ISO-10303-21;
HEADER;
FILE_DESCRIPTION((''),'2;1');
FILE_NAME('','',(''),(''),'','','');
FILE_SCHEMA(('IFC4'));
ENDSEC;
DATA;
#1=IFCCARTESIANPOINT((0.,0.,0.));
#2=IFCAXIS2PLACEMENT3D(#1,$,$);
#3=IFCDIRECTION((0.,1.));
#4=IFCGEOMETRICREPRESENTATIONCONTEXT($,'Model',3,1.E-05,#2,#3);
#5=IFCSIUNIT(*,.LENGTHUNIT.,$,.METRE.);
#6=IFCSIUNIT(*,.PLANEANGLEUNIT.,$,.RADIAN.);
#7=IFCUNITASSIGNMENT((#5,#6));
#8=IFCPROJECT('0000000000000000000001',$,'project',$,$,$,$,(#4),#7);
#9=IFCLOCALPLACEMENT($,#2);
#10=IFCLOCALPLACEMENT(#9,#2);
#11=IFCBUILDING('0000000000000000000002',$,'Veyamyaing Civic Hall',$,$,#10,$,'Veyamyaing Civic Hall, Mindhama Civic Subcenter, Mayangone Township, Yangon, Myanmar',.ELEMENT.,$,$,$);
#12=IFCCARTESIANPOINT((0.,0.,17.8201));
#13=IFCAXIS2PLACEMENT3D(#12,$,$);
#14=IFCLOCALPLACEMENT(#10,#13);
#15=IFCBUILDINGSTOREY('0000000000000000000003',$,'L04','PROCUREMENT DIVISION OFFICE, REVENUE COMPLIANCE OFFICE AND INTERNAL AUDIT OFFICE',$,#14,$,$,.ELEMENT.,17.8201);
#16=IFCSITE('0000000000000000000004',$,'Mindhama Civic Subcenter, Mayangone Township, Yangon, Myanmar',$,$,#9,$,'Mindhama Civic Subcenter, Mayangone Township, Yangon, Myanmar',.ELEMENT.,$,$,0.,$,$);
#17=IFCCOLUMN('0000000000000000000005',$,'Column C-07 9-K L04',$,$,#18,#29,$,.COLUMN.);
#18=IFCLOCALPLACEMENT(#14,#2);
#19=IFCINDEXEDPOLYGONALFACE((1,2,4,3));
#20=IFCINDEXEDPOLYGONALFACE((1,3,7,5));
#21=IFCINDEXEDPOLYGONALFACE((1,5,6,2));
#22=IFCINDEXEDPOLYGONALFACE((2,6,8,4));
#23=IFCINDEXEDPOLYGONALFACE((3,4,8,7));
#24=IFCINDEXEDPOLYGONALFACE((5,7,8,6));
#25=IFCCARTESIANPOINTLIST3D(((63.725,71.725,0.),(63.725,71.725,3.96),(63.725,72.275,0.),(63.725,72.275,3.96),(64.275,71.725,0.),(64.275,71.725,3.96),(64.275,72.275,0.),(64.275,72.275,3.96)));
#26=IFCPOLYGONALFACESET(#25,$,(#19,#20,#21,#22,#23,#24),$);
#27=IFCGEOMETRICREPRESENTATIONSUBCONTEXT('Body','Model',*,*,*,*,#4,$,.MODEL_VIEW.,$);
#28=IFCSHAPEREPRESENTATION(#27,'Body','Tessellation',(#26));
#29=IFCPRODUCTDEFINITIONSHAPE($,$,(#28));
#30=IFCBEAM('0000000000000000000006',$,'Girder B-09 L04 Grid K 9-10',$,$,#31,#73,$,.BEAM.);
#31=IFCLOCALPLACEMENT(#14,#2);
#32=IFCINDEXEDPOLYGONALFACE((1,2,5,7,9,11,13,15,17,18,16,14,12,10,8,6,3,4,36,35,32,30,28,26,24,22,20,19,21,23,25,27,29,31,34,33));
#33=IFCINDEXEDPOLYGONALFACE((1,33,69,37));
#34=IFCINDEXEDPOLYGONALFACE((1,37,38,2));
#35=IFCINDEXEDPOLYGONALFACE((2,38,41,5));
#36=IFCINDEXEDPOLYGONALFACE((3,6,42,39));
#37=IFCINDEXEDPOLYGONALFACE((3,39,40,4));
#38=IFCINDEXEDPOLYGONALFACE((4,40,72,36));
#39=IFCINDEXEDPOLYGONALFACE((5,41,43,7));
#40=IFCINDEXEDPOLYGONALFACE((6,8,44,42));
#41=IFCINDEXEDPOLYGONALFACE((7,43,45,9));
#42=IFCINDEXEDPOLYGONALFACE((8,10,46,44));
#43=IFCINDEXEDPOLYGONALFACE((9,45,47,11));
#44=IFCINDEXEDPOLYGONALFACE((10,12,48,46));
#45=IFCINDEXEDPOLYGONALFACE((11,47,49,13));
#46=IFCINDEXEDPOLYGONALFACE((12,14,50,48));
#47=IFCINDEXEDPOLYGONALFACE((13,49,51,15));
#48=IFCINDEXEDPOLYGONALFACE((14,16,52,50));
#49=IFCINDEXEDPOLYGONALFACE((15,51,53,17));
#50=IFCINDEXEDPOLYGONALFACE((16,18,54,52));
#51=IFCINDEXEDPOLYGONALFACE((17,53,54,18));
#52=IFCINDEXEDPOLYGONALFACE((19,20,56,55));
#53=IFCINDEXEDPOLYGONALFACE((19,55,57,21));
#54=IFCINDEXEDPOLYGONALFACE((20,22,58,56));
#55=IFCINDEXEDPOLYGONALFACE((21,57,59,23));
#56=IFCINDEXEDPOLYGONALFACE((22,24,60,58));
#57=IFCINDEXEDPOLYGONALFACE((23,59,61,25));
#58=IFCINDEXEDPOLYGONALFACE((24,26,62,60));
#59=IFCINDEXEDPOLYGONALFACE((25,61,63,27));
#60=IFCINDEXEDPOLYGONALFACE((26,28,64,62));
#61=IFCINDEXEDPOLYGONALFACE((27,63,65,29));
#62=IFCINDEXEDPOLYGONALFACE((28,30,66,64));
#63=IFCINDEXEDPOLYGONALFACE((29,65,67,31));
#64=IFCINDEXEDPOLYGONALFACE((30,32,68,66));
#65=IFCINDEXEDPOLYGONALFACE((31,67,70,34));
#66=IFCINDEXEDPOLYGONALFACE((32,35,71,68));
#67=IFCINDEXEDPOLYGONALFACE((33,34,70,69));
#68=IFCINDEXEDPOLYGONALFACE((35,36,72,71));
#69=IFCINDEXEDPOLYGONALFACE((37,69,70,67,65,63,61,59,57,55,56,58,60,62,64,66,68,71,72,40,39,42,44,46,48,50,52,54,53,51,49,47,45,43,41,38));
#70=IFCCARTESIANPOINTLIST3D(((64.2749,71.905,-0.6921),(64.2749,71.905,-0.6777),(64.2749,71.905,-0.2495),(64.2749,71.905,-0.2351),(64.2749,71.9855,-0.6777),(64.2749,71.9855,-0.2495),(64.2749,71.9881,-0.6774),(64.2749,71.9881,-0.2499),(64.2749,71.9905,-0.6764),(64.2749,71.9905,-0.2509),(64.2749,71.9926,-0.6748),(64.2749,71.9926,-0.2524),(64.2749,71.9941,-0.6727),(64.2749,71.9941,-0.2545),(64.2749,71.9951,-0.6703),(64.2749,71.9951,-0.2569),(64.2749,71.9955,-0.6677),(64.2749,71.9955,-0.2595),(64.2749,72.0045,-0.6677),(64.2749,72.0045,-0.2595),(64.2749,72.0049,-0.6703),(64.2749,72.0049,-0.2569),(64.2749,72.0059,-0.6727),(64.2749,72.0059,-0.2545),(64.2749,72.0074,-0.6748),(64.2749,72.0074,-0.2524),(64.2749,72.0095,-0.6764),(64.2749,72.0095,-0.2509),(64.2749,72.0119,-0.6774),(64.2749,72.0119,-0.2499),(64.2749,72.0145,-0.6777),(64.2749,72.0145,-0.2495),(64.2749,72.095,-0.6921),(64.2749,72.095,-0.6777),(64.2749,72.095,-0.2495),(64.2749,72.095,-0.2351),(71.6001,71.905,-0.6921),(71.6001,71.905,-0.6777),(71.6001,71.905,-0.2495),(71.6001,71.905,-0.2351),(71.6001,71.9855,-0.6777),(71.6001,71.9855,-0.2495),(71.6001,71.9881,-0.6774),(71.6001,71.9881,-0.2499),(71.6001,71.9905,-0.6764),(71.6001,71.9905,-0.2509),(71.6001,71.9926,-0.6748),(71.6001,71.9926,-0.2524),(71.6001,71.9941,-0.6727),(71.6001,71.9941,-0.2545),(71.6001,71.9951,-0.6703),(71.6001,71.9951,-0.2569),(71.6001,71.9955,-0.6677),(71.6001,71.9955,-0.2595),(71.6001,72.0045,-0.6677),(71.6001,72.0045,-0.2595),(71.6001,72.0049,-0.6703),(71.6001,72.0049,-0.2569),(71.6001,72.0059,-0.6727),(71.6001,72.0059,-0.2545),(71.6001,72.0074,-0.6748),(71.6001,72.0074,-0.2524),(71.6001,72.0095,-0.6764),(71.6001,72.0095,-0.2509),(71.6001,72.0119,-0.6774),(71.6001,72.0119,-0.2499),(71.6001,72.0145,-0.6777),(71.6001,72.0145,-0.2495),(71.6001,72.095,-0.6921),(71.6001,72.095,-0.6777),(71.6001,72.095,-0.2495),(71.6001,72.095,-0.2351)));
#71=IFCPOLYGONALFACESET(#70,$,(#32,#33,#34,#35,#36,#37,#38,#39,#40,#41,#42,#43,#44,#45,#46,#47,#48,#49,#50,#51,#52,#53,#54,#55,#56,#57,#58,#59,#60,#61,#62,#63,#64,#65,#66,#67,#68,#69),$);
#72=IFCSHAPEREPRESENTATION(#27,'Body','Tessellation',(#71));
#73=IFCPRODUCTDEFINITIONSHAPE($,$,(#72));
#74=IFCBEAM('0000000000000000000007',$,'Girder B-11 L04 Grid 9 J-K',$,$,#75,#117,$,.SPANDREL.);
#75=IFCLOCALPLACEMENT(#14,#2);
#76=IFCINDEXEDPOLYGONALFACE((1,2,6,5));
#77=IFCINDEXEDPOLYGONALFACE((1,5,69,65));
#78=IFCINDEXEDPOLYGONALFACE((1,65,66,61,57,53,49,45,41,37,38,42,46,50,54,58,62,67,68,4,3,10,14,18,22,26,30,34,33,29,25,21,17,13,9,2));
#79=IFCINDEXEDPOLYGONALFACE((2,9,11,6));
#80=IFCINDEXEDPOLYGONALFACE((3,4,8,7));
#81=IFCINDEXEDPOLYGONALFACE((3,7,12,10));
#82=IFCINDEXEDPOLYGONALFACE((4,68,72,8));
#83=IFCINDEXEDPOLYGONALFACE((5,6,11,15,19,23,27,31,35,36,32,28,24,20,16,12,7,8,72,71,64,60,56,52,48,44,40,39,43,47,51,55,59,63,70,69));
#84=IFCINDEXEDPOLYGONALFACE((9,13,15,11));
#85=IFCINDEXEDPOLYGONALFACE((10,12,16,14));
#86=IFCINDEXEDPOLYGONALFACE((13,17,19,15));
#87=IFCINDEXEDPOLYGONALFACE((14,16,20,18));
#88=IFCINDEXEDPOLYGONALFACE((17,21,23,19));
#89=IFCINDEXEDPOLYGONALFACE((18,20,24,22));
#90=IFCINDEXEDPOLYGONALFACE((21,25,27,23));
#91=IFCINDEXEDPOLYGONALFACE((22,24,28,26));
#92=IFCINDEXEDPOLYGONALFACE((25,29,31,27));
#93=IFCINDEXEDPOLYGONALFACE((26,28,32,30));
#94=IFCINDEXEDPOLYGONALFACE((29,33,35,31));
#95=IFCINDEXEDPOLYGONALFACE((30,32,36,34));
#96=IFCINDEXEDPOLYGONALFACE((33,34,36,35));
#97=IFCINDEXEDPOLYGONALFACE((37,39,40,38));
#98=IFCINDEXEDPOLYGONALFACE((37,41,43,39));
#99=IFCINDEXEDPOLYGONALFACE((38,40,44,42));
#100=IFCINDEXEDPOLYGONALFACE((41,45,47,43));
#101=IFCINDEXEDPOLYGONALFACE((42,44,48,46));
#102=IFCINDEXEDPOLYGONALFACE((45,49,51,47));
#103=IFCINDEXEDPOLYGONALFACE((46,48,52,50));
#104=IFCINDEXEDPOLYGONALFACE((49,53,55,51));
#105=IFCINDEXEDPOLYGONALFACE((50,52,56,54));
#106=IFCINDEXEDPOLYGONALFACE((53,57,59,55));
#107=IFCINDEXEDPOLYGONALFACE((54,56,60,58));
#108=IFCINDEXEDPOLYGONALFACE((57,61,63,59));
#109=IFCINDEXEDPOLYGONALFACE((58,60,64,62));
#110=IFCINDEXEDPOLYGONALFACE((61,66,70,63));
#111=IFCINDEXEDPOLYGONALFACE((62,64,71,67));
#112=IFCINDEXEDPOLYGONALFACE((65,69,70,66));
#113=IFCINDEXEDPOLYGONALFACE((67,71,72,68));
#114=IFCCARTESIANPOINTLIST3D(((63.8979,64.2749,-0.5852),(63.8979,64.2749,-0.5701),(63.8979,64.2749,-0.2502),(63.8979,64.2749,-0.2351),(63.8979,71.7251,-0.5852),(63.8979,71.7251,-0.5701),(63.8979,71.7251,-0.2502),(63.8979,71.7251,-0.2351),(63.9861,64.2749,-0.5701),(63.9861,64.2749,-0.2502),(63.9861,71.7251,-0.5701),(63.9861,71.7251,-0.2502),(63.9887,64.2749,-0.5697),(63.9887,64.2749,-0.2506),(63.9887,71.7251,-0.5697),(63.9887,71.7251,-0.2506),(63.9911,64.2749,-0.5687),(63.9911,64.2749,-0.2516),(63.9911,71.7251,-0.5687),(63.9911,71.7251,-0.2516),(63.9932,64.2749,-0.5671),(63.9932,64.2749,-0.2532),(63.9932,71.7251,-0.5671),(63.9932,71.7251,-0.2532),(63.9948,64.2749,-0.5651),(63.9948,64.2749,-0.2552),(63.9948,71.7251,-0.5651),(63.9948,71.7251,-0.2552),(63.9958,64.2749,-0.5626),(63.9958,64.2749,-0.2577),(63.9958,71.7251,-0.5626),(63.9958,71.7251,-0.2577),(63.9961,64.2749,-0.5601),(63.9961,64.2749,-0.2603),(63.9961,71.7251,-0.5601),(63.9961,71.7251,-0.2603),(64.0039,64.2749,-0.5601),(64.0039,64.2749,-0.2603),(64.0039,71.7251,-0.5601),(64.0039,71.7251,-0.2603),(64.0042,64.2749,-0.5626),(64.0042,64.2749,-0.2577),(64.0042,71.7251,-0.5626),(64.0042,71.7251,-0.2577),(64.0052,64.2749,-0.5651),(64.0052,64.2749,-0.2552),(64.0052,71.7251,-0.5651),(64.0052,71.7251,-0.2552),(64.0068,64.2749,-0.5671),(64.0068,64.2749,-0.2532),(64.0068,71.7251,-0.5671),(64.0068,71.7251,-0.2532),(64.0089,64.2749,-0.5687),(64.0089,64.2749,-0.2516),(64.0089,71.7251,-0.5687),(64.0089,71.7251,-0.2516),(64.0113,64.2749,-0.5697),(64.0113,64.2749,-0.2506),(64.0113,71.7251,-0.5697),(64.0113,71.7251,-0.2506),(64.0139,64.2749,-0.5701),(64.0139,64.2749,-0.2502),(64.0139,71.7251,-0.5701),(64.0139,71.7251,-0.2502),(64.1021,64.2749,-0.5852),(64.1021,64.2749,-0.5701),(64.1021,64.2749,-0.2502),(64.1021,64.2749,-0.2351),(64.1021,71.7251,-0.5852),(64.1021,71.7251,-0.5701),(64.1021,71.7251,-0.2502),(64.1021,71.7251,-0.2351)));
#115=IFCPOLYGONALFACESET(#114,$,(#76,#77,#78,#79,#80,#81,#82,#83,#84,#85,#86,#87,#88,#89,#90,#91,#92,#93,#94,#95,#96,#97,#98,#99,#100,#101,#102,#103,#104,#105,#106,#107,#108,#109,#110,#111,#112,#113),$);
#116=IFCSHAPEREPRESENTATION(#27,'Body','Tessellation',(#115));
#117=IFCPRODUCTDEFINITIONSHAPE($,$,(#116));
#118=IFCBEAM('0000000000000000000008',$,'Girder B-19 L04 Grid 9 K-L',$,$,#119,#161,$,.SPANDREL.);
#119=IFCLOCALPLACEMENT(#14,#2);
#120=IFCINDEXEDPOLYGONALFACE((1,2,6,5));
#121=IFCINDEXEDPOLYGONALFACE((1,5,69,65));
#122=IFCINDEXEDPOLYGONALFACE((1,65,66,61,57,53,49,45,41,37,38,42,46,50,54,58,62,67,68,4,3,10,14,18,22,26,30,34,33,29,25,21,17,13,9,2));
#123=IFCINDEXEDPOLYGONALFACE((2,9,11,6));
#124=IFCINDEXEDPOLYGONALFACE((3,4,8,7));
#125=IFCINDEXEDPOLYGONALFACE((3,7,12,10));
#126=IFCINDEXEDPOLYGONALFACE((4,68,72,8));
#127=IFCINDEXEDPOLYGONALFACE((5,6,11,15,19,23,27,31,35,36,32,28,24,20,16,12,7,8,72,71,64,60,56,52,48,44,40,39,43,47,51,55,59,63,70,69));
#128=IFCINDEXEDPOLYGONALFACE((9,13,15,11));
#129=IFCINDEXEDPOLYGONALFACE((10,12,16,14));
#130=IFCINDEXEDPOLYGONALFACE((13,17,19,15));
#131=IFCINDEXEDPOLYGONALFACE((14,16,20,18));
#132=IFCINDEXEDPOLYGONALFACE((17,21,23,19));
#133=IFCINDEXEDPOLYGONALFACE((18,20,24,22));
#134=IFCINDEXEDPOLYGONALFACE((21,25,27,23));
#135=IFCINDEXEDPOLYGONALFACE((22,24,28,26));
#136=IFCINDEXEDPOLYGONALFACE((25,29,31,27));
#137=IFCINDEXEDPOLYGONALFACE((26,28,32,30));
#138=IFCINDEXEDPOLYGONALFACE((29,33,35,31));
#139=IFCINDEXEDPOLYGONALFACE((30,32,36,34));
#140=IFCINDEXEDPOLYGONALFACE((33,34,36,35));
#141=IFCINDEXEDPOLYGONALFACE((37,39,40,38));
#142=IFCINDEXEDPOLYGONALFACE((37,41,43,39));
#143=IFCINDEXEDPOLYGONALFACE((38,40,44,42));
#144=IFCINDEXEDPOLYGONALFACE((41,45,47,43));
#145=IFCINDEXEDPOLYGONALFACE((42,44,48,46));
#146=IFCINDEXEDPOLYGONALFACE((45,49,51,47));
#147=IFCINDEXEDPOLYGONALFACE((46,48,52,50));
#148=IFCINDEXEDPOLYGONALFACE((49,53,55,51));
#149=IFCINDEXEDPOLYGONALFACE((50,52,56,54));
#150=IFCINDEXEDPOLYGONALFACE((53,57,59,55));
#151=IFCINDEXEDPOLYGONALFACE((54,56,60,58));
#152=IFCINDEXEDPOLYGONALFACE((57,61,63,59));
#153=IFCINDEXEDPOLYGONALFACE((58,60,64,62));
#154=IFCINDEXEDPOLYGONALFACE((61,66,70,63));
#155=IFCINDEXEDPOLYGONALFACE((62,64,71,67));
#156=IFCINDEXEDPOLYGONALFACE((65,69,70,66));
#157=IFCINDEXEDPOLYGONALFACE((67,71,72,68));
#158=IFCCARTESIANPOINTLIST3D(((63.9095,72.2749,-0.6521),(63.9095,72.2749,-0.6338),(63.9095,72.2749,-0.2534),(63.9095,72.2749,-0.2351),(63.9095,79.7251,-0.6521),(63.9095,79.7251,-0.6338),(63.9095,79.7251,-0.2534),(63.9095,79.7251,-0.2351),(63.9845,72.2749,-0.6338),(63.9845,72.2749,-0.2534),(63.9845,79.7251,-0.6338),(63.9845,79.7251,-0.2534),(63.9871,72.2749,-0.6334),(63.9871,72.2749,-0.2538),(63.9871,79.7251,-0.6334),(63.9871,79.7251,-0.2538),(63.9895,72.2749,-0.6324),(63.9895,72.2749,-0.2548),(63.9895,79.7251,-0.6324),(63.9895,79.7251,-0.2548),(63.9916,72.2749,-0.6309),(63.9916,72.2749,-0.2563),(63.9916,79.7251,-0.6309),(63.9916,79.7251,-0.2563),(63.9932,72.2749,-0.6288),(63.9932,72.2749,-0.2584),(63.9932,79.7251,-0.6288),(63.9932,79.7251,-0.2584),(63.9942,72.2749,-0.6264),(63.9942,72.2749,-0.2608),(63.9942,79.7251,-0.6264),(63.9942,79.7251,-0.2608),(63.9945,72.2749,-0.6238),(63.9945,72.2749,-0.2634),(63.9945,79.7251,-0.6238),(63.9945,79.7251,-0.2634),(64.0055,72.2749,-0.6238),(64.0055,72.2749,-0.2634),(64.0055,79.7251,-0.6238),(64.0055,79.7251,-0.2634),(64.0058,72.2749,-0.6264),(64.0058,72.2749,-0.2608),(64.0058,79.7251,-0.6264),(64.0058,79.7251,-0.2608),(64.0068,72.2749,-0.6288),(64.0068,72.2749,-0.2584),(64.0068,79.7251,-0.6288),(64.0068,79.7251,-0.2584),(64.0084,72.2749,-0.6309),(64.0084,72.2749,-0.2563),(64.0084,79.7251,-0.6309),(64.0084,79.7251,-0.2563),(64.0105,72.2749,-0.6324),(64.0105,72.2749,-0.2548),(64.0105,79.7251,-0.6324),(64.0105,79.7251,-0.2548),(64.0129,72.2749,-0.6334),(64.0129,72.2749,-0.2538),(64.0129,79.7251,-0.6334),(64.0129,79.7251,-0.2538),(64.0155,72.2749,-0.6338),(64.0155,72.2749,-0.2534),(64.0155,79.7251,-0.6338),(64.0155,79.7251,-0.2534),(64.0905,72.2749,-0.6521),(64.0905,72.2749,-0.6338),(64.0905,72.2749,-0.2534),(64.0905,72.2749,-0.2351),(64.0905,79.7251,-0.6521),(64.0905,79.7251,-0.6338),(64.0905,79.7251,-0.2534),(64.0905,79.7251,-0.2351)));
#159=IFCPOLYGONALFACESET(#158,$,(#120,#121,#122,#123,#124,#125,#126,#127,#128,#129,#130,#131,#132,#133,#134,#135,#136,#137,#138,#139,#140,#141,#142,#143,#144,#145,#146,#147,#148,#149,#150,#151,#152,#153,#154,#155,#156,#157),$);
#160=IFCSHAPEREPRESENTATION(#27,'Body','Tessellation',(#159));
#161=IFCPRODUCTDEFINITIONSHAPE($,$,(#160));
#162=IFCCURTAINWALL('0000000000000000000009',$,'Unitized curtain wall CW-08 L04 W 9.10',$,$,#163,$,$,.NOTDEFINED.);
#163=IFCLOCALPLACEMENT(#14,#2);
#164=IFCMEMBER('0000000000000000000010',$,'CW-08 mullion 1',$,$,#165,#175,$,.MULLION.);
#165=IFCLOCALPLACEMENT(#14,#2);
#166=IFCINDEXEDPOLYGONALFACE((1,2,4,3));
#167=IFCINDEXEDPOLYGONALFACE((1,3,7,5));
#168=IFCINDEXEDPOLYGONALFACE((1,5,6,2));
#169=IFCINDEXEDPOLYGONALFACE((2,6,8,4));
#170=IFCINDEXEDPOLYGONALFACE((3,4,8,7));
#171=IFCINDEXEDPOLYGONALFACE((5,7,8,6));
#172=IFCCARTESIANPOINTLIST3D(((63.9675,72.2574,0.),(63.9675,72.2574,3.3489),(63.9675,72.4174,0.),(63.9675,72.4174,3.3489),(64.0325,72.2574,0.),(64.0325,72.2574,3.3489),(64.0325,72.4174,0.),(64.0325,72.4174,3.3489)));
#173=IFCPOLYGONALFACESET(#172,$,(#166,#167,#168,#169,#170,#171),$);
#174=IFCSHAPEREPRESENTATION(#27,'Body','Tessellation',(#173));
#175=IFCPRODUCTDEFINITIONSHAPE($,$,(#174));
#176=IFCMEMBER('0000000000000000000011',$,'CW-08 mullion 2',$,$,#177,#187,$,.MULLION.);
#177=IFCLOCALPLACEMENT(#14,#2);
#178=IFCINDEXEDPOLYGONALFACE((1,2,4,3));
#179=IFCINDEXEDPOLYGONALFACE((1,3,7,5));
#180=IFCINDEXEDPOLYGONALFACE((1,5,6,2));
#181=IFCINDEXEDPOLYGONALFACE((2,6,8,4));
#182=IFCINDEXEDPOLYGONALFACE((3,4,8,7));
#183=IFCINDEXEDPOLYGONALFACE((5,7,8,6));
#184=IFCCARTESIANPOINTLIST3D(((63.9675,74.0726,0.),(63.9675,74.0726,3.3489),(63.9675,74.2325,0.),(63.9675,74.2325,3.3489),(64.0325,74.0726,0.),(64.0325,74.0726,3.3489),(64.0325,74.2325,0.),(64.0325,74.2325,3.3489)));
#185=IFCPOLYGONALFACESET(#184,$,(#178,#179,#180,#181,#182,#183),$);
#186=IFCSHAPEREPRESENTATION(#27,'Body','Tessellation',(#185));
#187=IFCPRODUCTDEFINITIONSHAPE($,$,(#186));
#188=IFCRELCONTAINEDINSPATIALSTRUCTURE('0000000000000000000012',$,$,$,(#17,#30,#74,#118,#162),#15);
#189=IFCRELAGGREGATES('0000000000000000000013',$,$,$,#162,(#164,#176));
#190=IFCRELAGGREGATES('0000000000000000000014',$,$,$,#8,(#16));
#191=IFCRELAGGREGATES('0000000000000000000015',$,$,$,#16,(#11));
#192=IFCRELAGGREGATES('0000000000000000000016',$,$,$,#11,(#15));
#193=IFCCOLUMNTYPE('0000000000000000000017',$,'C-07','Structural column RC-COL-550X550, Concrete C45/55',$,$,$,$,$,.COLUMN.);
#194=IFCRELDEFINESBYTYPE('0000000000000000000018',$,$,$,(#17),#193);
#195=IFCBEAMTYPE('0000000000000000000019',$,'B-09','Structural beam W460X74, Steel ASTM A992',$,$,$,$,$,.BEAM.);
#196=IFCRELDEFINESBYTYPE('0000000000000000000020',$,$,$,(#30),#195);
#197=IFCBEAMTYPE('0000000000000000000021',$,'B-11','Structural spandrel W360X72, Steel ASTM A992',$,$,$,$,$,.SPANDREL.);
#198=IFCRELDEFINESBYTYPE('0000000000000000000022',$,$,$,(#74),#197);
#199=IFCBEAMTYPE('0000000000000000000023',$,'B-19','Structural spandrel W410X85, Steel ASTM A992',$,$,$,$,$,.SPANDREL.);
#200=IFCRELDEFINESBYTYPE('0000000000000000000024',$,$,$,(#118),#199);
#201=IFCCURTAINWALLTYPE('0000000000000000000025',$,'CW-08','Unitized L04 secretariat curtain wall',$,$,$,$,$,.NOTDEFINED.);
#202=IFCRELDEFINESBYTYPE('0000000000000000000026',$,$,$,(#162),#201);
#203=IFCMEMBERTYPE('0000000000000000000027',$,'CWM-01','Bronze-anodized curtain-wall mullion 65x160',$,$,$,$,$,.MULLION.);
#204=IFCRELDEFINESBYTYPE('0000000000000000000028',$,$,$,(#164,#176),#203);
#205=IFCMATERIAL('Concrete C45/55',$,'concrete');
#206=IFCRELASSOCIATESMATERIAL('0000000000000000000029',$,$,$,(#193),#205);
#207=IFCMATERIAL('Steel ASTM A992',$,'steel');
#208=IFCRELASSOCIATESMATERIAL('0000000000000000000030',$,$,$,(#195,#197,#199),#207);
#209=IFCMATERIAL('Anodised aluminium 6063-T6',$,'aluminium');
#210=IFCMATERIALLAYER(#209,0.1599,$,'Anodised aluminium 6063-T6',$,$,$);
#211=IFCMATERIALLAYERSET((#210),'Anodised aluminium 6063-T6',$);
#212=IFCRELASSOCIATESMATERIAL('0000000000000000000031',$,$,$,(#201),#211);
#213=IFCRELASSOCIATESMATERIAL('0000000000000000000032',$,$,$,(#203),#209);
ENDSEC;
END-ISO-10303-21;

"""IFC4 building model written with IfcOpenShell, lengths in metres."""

from ifc_helpers import new_model, si_unit, direction, frame, origin, origin_2d, place, context, subcontext, project, spatial, rectangle, i_section, extrude, material, layer, layer_set, material_profile, profile_set, type_object, element, aggregate, save


model = new_model("IFC4")

# Units and contexts
model_context = context("Model", 3, precision=1e-05, world=origin(), true_north=direction((0.0, 1.0)))
body_context = subcontext(model_context, "Body", "Model", "MODEL_VIEW")
ifc_project = project(units=[si_unit("LENGTHUNIT", "METRE"), si_unit("PLANEANGLEUNIT", "RADIAN")], contexts=[model_context])

# Site, building, storey
site_placement = place(None, origin())
site = spatial("IfcSite", under=ifc_project, at=site_placement, Name="Mindhama Civic Subcenter, Mayangone Township, Yangon, Myanmar", LongName="Mindhama Civic Subcenter, Mayangone Township, Yangon, Myanmar", CompositionType="ELEMENT", RefElevation=0.0)
building_placement = place(site_placement, origin())
building = spatial("IfcBuilding", under=site, at=building_placement, Name="Veyamyaing Civic Hall", LongName="Veyamyaing Civic Hall, Mindhama Civic Subcenter, Mayangone Township, Yangon, Myanmar", CompositionType="ELEMENT")
storey_placement = place(building_placement, frame((0.0, 0.0, 17.8201)))
storey = spatial("IfcBuildingStorey", under=building, at=storey_placement, Name="L04", Description="PROCUREMENT DIVISION OFFICE, REVENUE COMPLIANCE OFFICE AND INTERNAL AUDIT OFFICE", CompositionType="ELEMENT", Elevation=17.8201)

# Column
ifc_material_1 = material(Name="Concrete C45/55", Category="concrete")
ifc_material_profile_1 = material_profile(ifc_material_1, rectangle(XDim=0.55, YDim=0.55, at=origin_2d()), Name="RC-COL-550X550")
ifc_profile_set_1 = profile_set([ifc_material_profile_1], Name="Concrete C45/55")
column_type = type_object("IfcColumnType", Name="C-07", Description="Structural column RC-COL-550X550, Concrete C45/55", PredefinedType="COLUMN", material=ifc_profile_set_1)
column_placement = place(storey_placement, frame((64.0, 72.0, 0.0), z_axis=(0.0, 0.0, 1.0), x_axis=(1.0, 0.0, 0.0)))
element("IfcColumn", 1, at=column_placement, inside=storey, type_object=column_type, Name="Column C-07 9-K L04", PredefinedType="COLUMN", context=body_context, shape_type="SweptSolid", body=[
    extrude(rectangle(XDim=0.55, YDim=0.55, at=origin_2d()), origin(), (0.0, 0.0, 1.0), 3.96),
])

# Beams
ifc_material_2 = material(Name="Steel ASTM A992", Category="steel")
ifc_material_profile_2 = material_profile(ifc_material_2, i_section(OverallWidth=0.1899, OverallDepth=0.457, WebThickness=0.009, FlangeThickness=0.0144, FilletRadius=0.01, at=origin_2d()), Name="W460X74")
ifc_profile_set_2 = profile_set([ifc_material_profile_2], Name="Steel ASTM A992")
beam_type_1 = type_object("IfcBeamType", Name="B-09", Description="Structural beam W460X74, Steel ASTM A992", PredefinedType="BEAM", material=ifc_profile_set_2)
beam_1_placement = place(storey_placement, frame((64.2749, 72.0, -0.4636), z_axis=(1.0, 0.0, 0.0), x_axis=(0.0, 1.0, 0.0)))
element("IfcBeam", 2, at=beam_1_placement, inside=storey, type_object=beam_type_1, Name="Girder B-09 L04 Grid K 9-10", PredefinedType="BEAM", context=body_context, shape_type="SweptSolid", body=[
    extrude(i_section(OverallWidth=0.1899, OverallDepth=0.457, WebThickness=0.009, FlangeThickness=0.0144, FilletRadius=0.01, at=origin_2d()), origin(), (0.0, 0.0, 1.0), 7.3252),
])
ifc_material_profile_3 = material_profile(ifc_material_2, i_section(OverallWidth=0.2041, OverallDepth=0.3501, WebThickness=0.0078, FlangeThickness=0.0151, FilletRadius=0.01, at=origin_2d()), Name="W360X72")
ifc_profile_set_3 = profile_set([ifc_material_profile_3], Name="Steel ASTM A992")
beam_type_2 = type_object("IfcBeamType", Name="B-11", Description="Structural spandrel W360X72, Steel ASTM A992", PredefinedType="SPANDREL", material=ifc_profile_set_3)
beam_2_placement = place(storey_placement, frame((64.0, 64.2749, -0.4102), z_axis=(0.0, 1.0, 0.0), x_axis=(-1.0, 0.0, 0.0)))
element("IfcBeam", 3, at=beam_2_placement, inside=storey, type_object=beam_type_2, Name="Girder B-11 L04 Grid 9 J-K", PredefinedType="SPANDREL", context=body_context, shape_type="SweptSolid", body=[
    extrude(i_section(OverallWidth=0.2041, OverallDepth=0.3501, WebThickness=0.0078, FlangeThickness=0.0151, FilletRadius=0.01, at=origin_2d()), origin(), (0.0, 0.0, 1.0), 7.4502),
])
ifc_material_profile_4 = material_profile(ifc_material_2, i_section(OverallWidth=0.1809, OverallDepth=0.417, WebThickness=0.011, FlangeThickness=0.0183, FilletRadius=0.01, at=origin_2d()), Name="W410X85")
ifc_profile_set_4 = profile_set([ifc_material_profile_4], Name="Steel ASTM A992")
beam_type_3 = type_object("IfcBeamType", Name="B-19", Description="Structural spandrel W410X85, Steel ASTM A992", PredefinedType="SPANDREL", material=ifc_profile_set_4)
beam_3_placement = place(storey_placement, frame((64.0, 72.2749, -0.4436), z_axis=(0.0, 1.0, 0.0), x_axis=(-1.0, 0.0, 0.0)))
element("IfcBeam", 4, at=beam_3_placement, inside=storey, type_object=beam_type_3, Name="Girder B-19 L04 Grid 9 K-L", PredefinedType="SPANDREL", context=body_context, shape_type="SweptSolid", body=[
    extrude(i_section(OverallWidth=0.1809, OverallDepth=0.417, WebThickness=0.011, FlangeThickness=0.0183, FilletRadius=0.01, at=origin_2d()), origin(), (0.0, 0.0, 1.0), 7.4502),
])

# Curtain wall, members
ifc_material_3 = material(Name="Anodised aluminium 6063-T6", Category="aluminium")
ifc_layer_1 = layer(ifc_material_3, 0.1599, Name="Anodised aluminium 6063-T6")
ifc_layer_set_1 = layer_set([ifc_layer_1], Name="Anodised aluminium 6063-T6")
curtain_wall_type = type_object("IfcCurtainWallType", Name="CW-08", Description="Unitized L04 secretariat curtain wall", PredefinedType="NOTDEFINED", material=ifc_layer_set_1)
curtain_wall_placement = place(storey_placement, origin())
curtain_wall = element("IfcCurtainWall", 5, at=curtain_wall_placement, inside=storey, type_object=curtain_wall_type, Name="Unitized curtain wall CW-08 L04 W 9.10", PredefinedType="NOTDEFINED")
ifc_material_profile_5 = material_profile(ifc_material_3, rectangle(XDim=0.0649, YDim=0.1599, at=origin_2d()), Name="ALU-MUL-65X160")
ifc_profile_set_5 = profile_set([ifc_material_profile_5], Name="Anodised aluminium 6063-T6")
member_type_1 = type_object("IfcMemberType", Name="CWM-01", Description="Bronze-anodized curtain-wall mullion 65x160", PredefinedType="MULLION", material=ifc_profile_set_5)
member_1_placement = place(storey_placement, frame((64.0, 72.3374, 0.0), z_axis=(0.0, 0.0, 1.0), x_axis=(-1.0, 0.0, 0.0)))
member_1 = element("IfcMember", 6, at=member_1_placement, type_object=member_type_1, Name="CW-08 mullion 1", PredefinedType="MULLION", context=body_context, shape_type="SweptSolid", body=[
    extrude(rectangle(XDim=0.0649, YDim=0.1599, at=origin_2d()), origin(), (0.0, 0.0, 1.0), 3.3489),
])
member_2_placement = place(storey_placement, frame((64.0, 74.1526, 0.0), z_axis=(0.0, 0.0, 1.0), x_axis=(-1.0, 0.0, 0.0)))
member_2 = element("IfcMember", 7, at=member_2_placement, type_object=member_type_1, Name="CW-08 mullion 2", PredefinedType="MULLION", context=body_context, shape_type="SweptSolid", body=[
    extrude(rectangle(XDim=0.0649, YDim=0.1599, at=origin_2d()), origin(), (0.0, 0.0, 1.0), 3.3489),
])

aggregate(curtain_wall, [member_1, member_2])

save(model, "model.ifc")
